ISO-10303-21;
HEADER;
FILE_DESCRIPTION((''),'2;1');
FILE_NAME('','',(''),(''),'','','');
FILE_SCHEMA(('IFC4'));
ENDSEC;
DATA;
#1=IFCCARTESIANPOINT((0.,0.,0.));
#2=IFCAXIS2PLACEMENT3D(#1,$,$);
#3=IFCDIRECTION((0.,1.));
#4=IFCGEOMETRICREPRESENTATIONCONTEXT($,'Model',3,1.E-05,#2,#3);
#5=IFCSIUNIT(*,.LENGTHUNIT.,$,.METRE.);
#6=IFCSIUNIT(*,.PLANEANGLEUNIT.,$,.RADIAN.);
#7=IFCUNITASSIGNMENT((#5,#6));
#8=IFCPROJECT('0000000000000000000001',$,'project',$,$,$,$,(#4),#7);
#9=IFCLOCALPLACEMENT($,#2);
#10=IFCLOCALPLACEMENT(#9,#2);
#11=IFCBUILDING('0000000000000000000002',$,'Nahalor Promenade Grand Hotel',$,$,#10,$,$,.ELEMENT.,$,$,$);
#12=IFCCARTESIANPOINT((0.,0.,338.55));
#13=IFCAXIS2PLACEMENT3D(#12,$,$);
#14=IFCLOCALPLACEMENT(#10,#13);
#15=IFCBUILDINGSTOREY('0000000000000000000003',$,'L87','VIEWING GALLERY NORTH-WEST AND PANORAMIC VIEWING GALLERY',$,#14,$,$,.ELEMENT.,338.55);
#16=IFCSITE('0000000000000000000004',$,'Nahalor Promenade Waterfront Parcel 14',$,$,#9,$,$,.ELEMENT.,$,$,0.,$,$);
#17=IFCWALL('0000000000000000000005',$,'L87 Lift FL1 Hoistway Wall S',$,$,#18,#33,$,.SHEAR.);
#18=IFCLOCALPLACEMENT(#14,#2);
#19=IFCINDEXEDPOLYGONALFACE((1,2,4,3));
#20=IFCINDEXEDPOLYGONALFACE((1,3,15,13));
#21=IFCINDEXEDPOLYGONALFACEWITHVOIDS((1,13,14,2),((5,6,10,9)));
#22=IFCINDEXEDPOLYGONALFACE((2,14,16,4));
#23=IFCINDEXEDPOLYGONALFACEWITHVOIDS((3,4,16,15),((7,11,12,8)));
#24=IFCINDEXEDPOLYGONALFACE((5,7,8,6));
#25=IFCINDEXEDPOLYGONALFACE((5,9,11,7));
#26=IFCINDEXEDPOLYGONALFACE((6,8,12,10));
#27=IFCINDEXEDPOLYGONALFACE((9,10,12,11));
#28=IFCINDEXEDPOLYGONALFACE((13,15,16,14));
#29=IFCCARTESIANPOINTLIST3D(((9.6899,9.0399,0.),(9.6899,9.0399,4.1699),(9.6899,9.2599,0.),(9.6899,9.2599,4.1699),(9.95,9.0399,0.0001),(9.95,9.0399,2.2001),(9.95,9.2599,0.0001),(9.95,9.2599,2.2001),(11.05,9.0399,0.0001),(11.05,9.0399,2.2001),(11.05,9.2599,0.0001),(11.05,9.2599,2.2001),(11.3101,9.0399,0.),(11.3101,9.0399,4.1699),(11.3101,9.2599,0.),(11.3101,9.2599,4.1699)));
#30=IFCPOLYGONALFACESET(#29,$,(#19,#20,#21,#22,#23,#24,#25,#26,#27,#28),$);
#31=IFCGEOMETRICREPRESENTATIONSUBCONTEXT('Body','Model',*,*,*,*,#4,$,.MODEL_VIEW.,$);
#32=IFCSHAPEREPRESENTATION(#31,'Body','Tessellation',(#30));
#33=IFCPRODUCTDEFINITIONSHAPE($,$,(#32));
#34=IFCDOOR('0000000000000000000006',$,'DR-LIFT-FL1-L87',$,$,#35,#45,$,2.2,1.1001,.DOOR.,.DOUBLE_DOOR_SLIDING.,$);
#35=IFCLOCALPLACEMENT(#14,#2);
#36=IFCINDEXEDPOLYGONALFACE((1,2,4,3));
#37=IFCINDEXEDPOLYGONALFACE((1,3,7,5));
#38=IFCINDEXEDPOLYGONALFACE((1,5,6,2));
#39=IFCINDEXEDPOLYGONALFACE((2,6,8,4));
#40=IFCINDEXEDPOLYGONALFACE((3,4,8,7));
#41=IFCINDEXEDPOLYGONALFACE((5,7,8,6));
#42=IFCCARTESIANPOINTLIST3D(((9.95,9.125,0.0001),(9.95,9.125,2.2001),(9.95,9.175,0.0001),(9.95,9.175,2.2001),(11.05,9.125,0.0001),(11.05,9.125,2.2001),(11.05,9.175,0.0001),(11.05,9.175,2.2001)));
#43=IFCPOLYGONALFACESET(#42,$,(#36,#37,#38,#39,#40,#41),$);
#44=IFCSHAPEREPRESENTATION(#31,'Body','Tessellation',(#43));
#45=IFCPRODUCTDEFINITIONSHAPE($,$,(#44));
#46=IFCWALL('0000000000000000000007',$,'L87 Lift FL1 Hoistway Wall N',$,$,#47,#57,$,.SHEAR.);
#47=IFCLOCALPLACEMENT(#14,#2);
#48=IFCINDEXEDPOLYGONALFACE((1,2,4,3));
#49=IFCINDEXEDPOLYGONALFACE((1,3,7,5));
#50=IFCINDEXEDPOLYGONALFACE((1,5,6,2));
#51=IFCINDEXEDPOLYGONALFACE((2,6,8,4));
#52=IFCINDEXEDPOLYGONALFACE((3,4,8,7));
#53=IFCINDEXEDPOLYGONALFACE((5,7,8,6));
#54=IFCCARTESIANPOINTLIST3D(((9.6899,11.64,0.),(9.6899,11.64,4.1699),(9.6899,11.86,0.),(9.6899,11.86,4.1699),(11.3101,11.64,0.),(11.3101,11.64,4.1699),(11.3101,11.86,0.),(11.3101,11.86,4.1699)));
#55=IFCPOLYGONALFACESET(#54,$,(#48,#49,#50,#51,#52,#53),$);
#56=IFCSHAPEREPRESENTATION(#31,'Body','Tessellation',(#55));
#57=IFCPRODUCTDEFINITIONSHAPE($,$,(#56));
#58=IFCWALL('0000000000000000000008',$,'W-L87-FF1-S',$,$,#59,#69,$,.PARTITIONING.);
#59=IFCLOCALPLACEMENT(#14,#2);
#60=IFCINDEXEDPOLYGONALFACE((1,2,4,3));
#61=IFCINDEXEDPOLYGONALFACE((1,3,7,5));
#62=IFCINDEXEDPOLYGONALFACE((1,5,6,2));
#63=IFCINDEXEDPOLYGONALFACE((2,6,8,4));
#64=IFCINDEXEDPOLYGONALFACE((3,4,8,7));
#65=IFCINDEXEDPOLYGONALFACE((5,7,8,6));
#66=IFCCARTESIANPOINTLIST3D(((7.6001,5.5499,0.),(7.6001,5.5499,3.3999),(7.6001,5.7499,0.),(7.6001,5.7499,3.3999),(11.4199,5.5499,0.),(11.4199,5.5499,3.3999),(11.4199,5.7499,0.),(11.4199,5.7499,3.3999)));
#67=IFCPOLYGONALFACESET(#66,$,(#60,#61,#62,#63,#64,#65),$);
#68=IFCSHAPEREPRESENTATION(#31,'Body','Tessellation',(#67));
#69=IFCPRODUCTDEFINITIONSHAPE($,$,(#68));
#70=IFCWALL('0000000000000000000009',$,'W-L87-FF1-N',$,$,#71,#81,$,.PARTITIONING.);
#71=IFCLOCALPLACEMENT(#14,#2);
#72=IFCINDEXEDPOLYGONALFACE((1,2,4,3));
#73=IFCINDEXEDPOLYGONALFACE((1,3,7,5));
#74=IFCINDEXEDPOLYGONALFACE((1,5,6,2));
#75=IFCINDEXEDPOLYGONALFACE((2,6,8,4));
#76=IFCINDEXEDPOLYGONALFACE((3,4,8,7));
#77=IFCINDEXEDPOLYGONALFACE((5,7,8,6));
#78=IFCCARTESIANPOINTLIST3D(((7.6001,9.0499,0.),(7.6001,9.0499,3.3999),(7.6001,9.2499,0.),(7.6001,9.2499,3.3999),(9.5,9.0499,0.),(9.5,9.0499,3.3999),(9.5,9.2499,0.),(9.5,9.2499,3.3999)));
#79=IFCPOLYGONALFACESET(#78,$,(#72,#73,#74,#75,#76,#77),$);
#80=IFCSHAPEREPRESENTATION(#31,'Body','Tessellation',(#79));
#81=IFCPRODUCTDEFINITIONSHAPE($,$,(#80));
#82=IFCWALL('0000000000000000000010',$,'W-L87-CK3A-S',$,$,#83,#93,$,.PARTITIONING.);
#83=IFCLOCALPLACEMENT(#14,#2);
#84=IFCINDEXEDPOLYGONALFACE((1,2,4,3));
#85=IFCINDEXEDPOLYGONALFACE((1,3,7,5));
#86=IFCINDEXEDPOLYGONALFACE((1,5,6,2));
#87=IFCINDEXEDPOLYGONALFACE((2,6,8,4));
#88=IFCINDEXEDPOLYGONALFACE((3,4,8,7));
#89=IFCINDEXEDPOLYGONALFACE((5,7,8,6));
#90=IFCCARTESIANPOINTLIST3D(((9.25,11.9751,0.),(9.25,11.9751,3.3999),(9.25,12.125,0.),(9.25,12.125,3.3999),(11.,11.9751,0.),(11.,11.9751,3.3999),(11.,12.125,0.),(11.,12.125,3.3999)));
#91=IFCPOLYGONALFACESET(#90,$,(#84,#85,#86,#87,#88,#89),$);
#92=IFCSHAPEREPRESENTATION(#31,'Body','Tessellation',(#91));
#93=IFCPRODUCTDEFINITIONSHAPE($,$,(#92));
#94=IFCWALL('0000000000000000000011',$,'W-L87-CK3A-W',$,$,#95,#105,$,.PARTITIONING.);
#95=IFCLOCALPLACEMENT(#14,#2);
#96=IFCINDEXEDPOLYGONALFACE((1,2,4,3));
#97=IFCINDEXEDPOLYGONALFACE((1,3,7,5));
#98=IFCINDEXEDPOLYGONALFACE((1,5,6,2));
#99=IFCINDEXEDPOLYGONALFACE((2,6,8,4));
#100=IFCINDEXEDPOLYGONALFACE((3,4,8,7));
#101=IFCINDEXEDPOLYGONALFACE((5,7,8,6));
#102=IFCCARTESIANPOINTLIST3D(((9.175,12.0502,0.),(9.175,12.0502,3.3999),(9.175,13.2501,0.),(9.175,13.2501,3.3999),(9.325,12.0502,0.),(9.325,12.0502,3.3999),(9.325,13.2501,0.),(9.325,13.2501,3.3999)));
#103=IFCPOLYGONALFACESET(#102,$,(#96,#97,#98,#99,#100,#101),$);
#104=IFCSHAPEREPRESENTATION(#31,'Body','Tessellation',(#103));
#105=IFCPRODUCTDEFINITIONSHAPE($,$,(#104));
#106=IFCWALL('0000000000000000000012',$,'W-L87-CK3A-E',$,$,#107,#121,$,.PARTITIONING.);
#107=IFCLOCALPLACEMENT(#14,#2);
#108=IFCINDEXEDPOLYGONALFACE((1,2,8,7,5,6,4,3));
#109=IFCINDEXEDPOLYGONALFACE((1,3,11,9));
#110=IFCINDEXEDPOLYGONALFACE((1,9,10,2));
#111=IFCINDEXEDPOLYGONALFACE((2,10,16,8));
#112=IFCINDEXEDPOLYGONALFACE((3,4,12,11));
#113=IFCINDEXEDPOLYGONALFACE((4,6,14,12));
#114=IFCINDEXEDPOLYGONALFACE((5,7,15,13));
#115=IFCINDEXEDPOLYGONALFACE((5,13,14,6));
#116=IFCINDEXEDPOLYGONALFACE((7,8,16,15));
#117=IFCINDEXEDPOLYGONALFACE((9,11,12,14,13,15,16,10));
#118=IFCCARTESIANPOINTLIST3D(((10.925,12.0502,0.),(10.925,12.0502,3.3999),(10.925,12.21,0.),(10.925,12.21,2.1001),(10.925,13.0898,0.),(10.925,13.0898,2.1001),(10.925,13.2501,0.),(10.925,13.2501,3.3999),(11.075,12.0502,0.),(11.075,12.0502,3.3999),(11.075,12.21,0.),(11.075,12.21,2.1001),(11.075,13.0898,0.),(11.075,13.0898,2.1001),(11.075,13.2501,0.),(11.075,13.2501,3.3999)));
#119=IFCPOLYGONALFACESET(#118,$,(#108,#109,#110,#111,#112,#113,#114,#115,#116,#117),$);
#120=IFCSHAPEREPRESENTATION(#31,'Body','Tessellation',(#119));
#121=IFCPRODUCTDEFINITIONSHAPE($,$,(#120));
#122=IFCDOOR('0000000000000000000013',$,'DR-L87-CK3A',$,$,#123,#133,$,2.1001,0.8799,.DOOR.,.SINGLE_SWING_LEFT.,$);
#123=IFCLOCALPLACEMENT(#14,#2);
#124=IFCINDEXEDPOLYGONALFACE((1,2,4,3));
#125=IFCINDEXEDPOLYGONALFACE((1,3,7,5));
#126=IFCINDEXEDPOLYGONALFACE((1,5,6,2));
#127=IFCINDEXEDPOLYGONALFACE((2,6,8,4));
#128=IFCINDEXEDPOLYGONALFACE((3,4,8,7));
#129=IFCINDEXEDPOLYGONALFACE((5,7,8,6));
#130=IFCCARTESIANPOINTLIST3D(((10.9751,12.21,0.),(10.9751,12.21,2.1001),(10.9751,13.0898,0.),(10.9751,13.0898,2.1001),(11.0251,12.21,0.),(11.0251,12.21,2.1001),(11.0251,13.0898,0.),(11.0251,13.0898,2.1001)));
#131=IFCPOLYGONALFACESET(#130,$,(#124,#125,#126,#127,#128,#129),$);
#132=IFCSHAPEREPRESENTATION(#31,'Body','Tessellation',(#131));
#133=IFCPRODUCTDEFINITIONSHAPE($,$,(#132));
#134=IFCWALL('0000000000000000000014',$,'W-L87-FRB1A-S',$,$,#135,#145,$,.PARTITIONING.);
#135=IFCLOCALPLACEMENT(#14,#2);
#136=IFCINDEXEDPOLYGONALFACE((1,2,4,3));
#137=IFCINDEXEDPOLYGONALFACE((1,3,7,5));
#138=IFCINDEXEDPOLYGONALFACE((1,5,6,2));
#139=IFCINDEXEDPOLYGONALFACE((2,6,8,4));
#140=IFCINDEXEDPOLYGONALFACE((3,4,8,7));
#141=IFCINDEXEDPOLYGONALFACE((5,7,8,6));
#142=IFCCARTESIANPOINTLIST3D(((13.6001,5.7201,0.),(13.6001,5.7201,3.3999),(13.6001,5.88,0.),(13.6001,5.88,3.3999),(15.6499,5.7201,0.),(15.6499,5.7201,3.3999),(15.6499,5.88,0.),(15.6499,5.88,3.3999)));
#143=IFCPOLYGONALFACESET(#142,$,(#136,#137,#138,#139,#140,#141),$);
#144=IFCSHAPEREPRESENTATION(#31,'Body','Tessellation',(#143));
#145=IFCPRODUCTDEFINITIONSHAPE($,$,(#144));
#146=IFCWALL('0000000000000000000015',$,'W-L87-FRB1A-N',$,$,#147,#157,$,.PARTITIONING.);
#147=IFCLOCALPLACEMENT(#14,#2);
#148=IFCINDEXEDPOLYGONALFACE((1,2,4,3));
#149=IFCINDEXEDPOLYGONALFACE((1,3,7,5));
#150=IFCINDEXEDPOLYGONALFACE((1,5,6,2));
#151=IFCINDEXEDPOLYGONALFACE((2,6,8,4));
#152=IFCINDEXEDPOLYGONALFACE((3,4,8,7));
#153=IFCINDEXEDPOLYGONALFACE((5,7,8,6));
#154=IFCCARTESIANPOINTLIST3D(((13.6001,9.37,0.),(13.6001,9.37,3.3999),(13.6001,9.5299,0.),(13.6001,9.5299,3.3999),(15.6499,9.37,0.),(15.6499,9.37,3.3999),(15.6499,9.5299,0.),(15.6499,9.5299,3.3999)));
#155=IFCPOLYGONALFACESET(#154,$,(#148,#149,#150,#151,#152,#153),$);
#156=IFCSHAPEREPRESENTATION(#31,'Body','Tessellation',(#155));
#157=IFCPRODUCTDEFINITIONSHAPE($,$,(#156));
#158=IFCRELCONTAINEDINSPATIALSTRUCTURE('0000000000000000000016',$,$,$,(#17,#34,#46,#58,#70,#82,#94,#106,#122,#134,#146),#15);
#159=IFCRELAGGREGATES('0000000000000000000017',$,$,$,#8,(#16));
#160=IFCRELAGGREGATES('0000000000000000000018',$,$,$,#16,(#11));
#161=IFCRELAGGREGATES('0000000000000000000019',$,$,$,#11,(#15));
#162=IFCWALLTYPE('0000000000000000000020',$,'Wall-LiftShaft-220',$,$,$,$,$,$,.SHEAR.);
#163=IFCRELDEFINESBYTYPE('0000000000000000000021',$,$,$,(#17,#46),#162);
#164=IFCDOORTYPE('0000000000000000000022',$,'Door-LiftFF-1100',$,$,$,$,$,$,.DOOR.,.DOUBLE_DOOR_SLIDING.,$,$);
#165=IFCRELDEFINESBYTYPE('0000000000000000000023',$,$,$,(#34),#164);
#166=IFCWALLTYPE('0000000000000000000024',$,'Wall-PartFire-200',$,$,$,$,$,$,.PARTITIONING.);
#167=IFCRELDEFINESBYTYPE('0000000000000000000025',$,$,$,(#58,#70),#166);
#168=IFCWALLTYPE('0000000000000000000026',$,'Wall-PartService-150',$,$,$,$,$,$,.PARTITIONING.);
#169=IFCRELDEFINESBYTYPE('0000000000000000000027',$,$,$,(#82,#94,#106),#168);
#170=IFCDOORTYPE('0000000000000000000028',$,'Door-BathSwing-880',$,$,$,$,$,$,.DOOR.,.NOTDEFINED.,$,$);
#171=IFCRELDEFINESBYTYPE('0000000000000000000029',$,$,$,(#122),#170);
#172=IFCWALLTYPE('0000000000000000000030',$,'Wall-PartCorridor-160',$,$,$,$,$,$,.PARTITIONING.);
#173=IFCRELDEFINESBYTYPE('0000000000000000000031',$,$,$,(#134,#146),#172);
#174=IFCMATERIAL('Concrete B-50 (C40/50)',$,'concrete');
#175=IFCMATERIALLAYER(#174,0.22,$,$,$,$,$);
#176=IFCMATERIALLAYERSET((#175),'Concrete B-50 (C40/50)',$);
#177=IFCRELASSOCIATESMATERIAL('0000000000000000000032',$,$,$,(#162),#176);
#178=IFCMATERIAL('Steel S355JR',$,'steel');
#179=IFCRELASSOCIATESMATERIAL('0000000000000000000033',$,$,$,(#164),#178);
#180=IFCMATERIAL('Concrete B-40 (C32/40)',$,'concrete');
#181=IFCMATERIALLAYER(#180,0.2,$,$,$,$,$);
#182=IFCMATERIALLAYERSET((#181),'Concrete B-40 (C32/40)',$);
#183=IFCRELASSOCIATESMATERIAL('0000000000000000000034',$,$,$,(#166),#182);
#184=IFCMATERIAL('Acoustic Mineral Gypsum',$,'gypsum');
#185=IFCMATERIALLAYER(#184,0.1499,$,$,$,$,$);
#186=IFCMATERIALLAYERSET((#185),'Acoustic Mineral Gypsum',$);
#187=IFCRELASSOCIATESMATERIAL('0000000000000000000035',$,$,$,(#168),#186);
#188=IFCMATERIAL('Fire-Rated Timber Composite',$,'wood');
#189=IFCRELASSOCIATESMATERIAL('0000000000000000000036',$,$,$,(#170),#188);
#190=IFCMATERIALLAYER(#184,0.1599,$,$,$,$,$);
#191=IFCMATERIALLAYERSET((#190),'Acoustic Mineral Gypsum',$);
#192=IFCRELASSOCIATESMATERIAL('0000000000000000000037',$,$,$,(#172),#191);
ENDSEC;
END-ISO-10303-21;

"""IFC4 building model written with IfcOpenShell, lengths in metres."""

from ifc_helpers import new_model, si_unit, direction, frame, frame_2d, origin, place, context, subcontext, project, spatial, rectangle, extrude, source, transform, mapped, material, layer, layer_set, type_object, element, fill, save


model = new_model("IFC4")

# Units and contexts
model_context = context("Model", 3, precision=1e-05, world=origin(), true_north=direction((0.0, 1.0)))
body_context = subcontext(model_context, "Body", "Model", "MODEL_VIEW")
ifc_project = project(units=[si_unit("LENGTHUNIT", "METRE"), si_unit("PLANEANGLEUNIT", "RADIAN")], contexts=[model_context])

# Site, building, storey
site_placement = place(None, origin())
site = spatial("IfcSite", under=ifc_project, at=site_placement, Name="Nahalor Promenade Waterfront Parcel 14", CompositionType="ELEMENT", RefElevation=0.0)
building_placement = place(site_placement, origin())
building = spatial("IfcBuilding", under=site, at=building_placement, Name="Nahalor Promenade Grand Hotel", CompositionType="ELEMENT")
storey_placement = place(building_placement, frame((0.0, 0.0, 338.55)))
storey = spatial("IfcBuildingStorey", under=building, at=storey_placement, Name="L87", Description="VIEWING GALLERY NORTH-WEST AND PANORAMIC VIEWING GALLERY", CompositionType="ELEMENT", Elevation=338.55)

# Shared definitions
ifc_material_1 = material(Name="Steel S355JR", Category="steel")

# Shared definitions
ifc_material_2 = material(Name="Concrete B-50 (C40/50)", Category="concrete")

# Shared definitions
ifc_layer_1 = layer(ifc_material_2, 0.22)
ifc_layer_set_1 = layer_set([ifc_layer_1], Name="Concrete B-50 (C40/50)")
wall_type_1 = type_object("IfcWallType", Name="Wall-LiftShaft-220", PredefinedType="SHEAR", material=ifc_layer_set_1)

# Wall, opening, door
shared_shape_1 = source(origin(), body_context, "Body", "SweptSolid", [
    extrude(rectangle(XDim=1.6201, YDim=0.22, at=frame_2d((0.8101, 0.0))), origin(), (0.0, 0.0, 1.0), 4.1699),
])
wall_1_placement = place(storey_placement, frame((9.6899, 9.1499, 0.0), z_axis=(0.0, 0.0, 1.0), x_axis=(1.0, 0.0, 0.0)))
wall_1 = element("IfcWall", 1, at=wall_1_placement, inside=storey, type_object=wall_type_1, Name="L87 Lift FL1 Hoistway Wall S", PredefinedType="SHEAR", context=body_context, shape_type="MappedRepresentation", body=[
    mapped(shared_shape_1, transform((0.0, 0.0, 0.0), scale=1.0)),
])
opening_1_placement = place(wall_1_placement, frame((0.26, 0.0, 0.0)))
opening_1 = element("IfcOpeningElement", 2, at=opening_1_placement, cuts=wall_1, PredefinedType="OPENING", context=body_context, shape_type="SweptSolid", body=[
    extrude(rectangle(XDim=1.1001, YDim=2.2, at=frame_2d((0.55, 1.1001))), frame((0.0, 0.1199, 0.0), z_axis=(0.0, -1.0, 0.0), x_axis=(1.0, 0.0, 0.0)), (0.0, 0.0, 1.0), 0.24),
])
door_type_1 = type_object("IfcDoorType", Name="Door-LiftFF-1100", OperationType="DOUBLE_DOOR_SLIDING", PredefinedType="DOOR", material=ifc_material_1)
shared_shape_2 = source(origin(), body_context, "Body", "SweptSolid", [
    extrude(rectangle(XDim=1.1001, YDim=2.2, at=frame_2d((0.55, 1.1001))), frame((0.0, 0.0249, 0.0), z_axis=(0.0, -1.0, 0.0), x_axis=(1.0, 0.0, 0.0)), (0.0, 0.0, 1.0), 0.05),
])
door_1_placement = place(opening_1_placement, frame((1.1001, 0.0, 0.0), z_axis=(0.0, 0.0, 1.0), x_axis=(-1.0, 0.0, 0.0)))
door_1 = element("IfcDoor", 3, at=door_1_placement, inside=storey, type_object=door_type_1, Name="DR-LIFT-FL1-L87", OperationType="DOUBLE_DOOR_SLIDING", OverallHeight=2.2, OverallWidth=1.1001, PredefinedType="DOOR", context=body_context, shape_type="MappedRepresentation", body=[
    mapped(shared_shape_2, transform((0.0, 0.0, 0.0), scale=1.0)),
])
fill(opening_1, door_1)

# Walls
wall_2_placement = place(storey_placement, frame((9.6899, 11.75, 0.0), z_axis=(0.0, 0.0, 1.0), x_axis=(1.0, 0.0, 0.0)))
element("IfcWall", 4, at=wall_2_placement, inside=storey, type_object=wall_type_1, Name="L87 Lift FL1 Hoistway Wall N", PredefinedType="SHEAR", context=body_context, shape_type="MappedRepresentation", body=[
    mapped(shared_shape_1, transform((0.0, 0.0, 0.0), scale=1.0)),
])
ifc_material_3 = material(Name="Concrete B-40 (C32/40)", Category="concrete")
ifc_layer_2 = layer(ifc_material_3, 0.2)
ifc_layer_set_2 = layer_set([ifc_layer_2], Name="Concrete B-40 (C32/40)")
wall_type_2 = type_object("IfcWallType", Name="Wall-PartFire-200", PredefinedType="PARTITIONING", material=ifc_layer_set_2)
shared_shape_3 = source(origin(), body_context, "Body", "SweptSolid", [
    extrude(rectangle(XDim=3.8198, YDim=0.2, at=frame_2d((1.9099, 0.0))), origin(), (0.0, 0.0, 1.0), 3.3999),
])
wall_3_placement = place(storey_placement, frame((7.6001, 5.6499, 0.0), z_axis=(0.0, 0.0, 1.0), x_axis=(1.0, 0.0, 0.0)))
element("IfcWall", 5, at=wall_3_placement, inside=storey, type_object=wall_type_2, Name="W-L87-FF1-S", PredefinedType="PARTITIONING", context=body_context, shape_type="MappedRepresentation", body=[
    mapped(shared_shape_3, transform((0.0, 0.0, 0.0), scale=1.0)),
])
shared_shape_4 = source(origin(), body_context, "Body", "SweptSolid", [
    extrude(rectangle(XDim=1.8999, YDim=0.2, at=frame_2d((0.95, 0.0))), origin(), (0.0, 0.0, 1.0), 3.3999),
])
wall_4_placement = place(storey_placement, frame((7.6001, 9.1499, 0.0), z_axis=(0.0, 0.0, 1.0), x_axis=(1.0, 0.0, 0.0)))
element("IfcWall", 6, at=wall_4_placement, inside=storey, type_object=wall_type_2, Name="W-L87-FF1-N", PredefinedType="PARTITIONING", context=body_context, shape_type="MappedRepresentation", body=[
    mapped(shared_shape_4, transform((0.0, 0.0, 0.0), scale=1.0)),
])

# Walls
ifc_material_4 = material(Name="Acoustic Mineral Gypsum", Category="gypsum")
ifc_layer_3 = layer(ifc_material_4, 0.1499)
ifc_layer_set_3 = layer_set([ifc_layer_3], Name="Acoustic Mineral Gypsum")
wall_type_3 = type_object("IfcWallType", Name="Wall-PartService-150", PredefinedType="PARTITIONING", material=ifc_layer_set_3)
shared_shape_5 = source(origin(), body_context, "Body", "SweptSolid", [
    extrude(rectangle(XDim=1.75, YDim=0.1499, at=frame_2d((0.875, 0.0))), origin(), (0.0, 0.0, 1.0), 3.3999),
])
wall_5_placement = place(storey_placement, frame((9.25, 12.05, 0.0), z_axis=(0.0, 0.0, 1.0), x_axis=(1.0, 0.0, 0.0)))
element("IfcWall", 7, at=wall_5_placement, inside=storey, type_object=wall_type_3, Name="W-L87-CK3A-S", PredefinedType="PARTITIONING", context=body_context, shape_type="MappedRepresentation", body=[
    mapped(shared_shape_5, transform((0.0, 0.0, 0.0), scale=1.0)),
])
shared_shape_6 = source(origin(), body_context, "Body", "SweptSolid", [
    extrude(rectangle(XDim=1.2, YDim=0.1499, at=frame_2d((0.6001, 0.0))), origin(), (0.0, 0.0, 1.0), 3.3999),
])
wall_6_placement = place(storey_placement, frame((9.25, 12.05, 0.0), z_axis=(0.0, 0.0, 1.0), x_axis=(0.0, 1.0, 0.0)))
element("IfcWall", 8, at=wall_6_placement, inside=storey, type_object=wall_type_3, Name="W-L87-CK3A-W", PredefinedType="PARTITIONING", context=body_context, shape_type="MappedRepresentation", body=[
    mapped(shared_shape_6, transform((0.0, 0.0, 0.0), scale=1.0)),
])

# Wall, opening, door
wall_7_placement = place(storey_placement, frame((11.0, 12.05, 0.0), z_axis=(0.0, 0.0, 1.0), x_axis=(0.0, 1.0, 0.0)))
wall_7 = element("IfcWall", 9, at=wall_7_placement, inside=storey, type_object=wall_type_3, Name="W-L87-CK3A-E", PredefinedType="PARTITIONING", context=body_context, shape_type="MappedRepresentation", body=[
    mapped(shared_shape_6, transform((0.0, 0.0, 0.0), scale=1.0)),
])
opening_2_placement = place(wall_7_placement, frame((0.1599, 0.0, 0.0)))
opening_2 = element("IfcOpeningElement", 10, at=opening_2_placement, cuts=wall_7, PredefinedType="OPENING", context=body_context, shape_type="SweptSolid", body=[
    extrude(rectangle(XDim=0.8799, YDim=2.1001, at=frame_2d((0.4399, 1.05))), frame((0.0, 0.085, 0.0), z_axis=(0.0, -1.0, 0.0), x_axis=(1.0, 0.0, 0.0)), (0.0, 0.0, 1.0), 0.1699),
])
ifc_material_5 = material(Name="Fire-Rated Timber Composite", Category="wood")
door_type_2 = type_object("IfcDoorType", Name="Door-BathSwing-880", OperationType="NOTDEFINED", PredefinedType="DOOR", material=ifc_material_5)
shared_shape_7 = source(origin(), body_context, "Body", "SweptSolid", [
    extrude(rectangle(XDim=0.8799, YDim=2.1001, at=frame_2d((0.4399, 1.05))), frame((0.0, 0.0249, 0.0), z_axis=(0.0, -1.0, 0.0), x_axis=(1.0, 0.0, 0.0)), (0.0, 0.0, 1.0), 0.05),
])
door_2_placement = place(opening_2_placement, origin())
door_2 = element("IfcDoor", 11, at=door_2_placement, inside=storey, type_object=door_type_2, Name="DR-L87-CK3A", OperationType="SINGLE_SWING_LEFT", OverallHeight=2.1001, OverallWidth=0.8799, PredefinedType="DOOR", context=body_context, shape_type="MappedRepresentation", body=[
    mapped(shared_shape_7, transform((0.0, 0.0, 0.0), scale=1.0)),
])
fill(opening_2, door_2)

# Walls
ifc_layer_4 = layer(ifc_material_4, 0.1599)
ifc_layer_set_4 = layer_set([ifc_layer_4], Name="Acoustic Mineral Gypsum")
wall_type_4 = type_object("IfcWallType", Name="Wall-PartCorridor-160", PredefinedType="PARTITIONING", material=ifc_layer_set_4)
shared_shape_8 = source(origin(), body_context, "Body", "SweptSolid", [
    extrude(rectangle(XDim=2.0498, YDim=0.1599, at=frame_2d((1.0249, 0.0))), origin(), (0.0, 0.0, 1.0), 3.3999),
])
for number, where, z_axis, x_axis, name in (
    (12, (13.6001, 5.8, 0.0), (0.0, 0.0, 1.0), (1.0, 0.0, 0.0), "W-L87-FRB1A-S"),
    (13, (13.6001, 9.45, 0.0), (0.0, 0.0, 1.0), (1.0, 0.0, 0.0), "W-L87-FRB1A-N"),
):
    element("IfcWall", number, at=place(storey_placement, frame(where, z_axis=z_axis, x_axis=x_axis)), inside=storey, type_object=wall_type_4, Name=name, PredefinedType="PARTITIONING", context=body_context, shape_type="MappedRepresentation", body=[
        mapped(shared_shape_8, transform((0.0, 0.0, 0.0), scale=1.0)),
    ])

save(model, "model.ifc")
